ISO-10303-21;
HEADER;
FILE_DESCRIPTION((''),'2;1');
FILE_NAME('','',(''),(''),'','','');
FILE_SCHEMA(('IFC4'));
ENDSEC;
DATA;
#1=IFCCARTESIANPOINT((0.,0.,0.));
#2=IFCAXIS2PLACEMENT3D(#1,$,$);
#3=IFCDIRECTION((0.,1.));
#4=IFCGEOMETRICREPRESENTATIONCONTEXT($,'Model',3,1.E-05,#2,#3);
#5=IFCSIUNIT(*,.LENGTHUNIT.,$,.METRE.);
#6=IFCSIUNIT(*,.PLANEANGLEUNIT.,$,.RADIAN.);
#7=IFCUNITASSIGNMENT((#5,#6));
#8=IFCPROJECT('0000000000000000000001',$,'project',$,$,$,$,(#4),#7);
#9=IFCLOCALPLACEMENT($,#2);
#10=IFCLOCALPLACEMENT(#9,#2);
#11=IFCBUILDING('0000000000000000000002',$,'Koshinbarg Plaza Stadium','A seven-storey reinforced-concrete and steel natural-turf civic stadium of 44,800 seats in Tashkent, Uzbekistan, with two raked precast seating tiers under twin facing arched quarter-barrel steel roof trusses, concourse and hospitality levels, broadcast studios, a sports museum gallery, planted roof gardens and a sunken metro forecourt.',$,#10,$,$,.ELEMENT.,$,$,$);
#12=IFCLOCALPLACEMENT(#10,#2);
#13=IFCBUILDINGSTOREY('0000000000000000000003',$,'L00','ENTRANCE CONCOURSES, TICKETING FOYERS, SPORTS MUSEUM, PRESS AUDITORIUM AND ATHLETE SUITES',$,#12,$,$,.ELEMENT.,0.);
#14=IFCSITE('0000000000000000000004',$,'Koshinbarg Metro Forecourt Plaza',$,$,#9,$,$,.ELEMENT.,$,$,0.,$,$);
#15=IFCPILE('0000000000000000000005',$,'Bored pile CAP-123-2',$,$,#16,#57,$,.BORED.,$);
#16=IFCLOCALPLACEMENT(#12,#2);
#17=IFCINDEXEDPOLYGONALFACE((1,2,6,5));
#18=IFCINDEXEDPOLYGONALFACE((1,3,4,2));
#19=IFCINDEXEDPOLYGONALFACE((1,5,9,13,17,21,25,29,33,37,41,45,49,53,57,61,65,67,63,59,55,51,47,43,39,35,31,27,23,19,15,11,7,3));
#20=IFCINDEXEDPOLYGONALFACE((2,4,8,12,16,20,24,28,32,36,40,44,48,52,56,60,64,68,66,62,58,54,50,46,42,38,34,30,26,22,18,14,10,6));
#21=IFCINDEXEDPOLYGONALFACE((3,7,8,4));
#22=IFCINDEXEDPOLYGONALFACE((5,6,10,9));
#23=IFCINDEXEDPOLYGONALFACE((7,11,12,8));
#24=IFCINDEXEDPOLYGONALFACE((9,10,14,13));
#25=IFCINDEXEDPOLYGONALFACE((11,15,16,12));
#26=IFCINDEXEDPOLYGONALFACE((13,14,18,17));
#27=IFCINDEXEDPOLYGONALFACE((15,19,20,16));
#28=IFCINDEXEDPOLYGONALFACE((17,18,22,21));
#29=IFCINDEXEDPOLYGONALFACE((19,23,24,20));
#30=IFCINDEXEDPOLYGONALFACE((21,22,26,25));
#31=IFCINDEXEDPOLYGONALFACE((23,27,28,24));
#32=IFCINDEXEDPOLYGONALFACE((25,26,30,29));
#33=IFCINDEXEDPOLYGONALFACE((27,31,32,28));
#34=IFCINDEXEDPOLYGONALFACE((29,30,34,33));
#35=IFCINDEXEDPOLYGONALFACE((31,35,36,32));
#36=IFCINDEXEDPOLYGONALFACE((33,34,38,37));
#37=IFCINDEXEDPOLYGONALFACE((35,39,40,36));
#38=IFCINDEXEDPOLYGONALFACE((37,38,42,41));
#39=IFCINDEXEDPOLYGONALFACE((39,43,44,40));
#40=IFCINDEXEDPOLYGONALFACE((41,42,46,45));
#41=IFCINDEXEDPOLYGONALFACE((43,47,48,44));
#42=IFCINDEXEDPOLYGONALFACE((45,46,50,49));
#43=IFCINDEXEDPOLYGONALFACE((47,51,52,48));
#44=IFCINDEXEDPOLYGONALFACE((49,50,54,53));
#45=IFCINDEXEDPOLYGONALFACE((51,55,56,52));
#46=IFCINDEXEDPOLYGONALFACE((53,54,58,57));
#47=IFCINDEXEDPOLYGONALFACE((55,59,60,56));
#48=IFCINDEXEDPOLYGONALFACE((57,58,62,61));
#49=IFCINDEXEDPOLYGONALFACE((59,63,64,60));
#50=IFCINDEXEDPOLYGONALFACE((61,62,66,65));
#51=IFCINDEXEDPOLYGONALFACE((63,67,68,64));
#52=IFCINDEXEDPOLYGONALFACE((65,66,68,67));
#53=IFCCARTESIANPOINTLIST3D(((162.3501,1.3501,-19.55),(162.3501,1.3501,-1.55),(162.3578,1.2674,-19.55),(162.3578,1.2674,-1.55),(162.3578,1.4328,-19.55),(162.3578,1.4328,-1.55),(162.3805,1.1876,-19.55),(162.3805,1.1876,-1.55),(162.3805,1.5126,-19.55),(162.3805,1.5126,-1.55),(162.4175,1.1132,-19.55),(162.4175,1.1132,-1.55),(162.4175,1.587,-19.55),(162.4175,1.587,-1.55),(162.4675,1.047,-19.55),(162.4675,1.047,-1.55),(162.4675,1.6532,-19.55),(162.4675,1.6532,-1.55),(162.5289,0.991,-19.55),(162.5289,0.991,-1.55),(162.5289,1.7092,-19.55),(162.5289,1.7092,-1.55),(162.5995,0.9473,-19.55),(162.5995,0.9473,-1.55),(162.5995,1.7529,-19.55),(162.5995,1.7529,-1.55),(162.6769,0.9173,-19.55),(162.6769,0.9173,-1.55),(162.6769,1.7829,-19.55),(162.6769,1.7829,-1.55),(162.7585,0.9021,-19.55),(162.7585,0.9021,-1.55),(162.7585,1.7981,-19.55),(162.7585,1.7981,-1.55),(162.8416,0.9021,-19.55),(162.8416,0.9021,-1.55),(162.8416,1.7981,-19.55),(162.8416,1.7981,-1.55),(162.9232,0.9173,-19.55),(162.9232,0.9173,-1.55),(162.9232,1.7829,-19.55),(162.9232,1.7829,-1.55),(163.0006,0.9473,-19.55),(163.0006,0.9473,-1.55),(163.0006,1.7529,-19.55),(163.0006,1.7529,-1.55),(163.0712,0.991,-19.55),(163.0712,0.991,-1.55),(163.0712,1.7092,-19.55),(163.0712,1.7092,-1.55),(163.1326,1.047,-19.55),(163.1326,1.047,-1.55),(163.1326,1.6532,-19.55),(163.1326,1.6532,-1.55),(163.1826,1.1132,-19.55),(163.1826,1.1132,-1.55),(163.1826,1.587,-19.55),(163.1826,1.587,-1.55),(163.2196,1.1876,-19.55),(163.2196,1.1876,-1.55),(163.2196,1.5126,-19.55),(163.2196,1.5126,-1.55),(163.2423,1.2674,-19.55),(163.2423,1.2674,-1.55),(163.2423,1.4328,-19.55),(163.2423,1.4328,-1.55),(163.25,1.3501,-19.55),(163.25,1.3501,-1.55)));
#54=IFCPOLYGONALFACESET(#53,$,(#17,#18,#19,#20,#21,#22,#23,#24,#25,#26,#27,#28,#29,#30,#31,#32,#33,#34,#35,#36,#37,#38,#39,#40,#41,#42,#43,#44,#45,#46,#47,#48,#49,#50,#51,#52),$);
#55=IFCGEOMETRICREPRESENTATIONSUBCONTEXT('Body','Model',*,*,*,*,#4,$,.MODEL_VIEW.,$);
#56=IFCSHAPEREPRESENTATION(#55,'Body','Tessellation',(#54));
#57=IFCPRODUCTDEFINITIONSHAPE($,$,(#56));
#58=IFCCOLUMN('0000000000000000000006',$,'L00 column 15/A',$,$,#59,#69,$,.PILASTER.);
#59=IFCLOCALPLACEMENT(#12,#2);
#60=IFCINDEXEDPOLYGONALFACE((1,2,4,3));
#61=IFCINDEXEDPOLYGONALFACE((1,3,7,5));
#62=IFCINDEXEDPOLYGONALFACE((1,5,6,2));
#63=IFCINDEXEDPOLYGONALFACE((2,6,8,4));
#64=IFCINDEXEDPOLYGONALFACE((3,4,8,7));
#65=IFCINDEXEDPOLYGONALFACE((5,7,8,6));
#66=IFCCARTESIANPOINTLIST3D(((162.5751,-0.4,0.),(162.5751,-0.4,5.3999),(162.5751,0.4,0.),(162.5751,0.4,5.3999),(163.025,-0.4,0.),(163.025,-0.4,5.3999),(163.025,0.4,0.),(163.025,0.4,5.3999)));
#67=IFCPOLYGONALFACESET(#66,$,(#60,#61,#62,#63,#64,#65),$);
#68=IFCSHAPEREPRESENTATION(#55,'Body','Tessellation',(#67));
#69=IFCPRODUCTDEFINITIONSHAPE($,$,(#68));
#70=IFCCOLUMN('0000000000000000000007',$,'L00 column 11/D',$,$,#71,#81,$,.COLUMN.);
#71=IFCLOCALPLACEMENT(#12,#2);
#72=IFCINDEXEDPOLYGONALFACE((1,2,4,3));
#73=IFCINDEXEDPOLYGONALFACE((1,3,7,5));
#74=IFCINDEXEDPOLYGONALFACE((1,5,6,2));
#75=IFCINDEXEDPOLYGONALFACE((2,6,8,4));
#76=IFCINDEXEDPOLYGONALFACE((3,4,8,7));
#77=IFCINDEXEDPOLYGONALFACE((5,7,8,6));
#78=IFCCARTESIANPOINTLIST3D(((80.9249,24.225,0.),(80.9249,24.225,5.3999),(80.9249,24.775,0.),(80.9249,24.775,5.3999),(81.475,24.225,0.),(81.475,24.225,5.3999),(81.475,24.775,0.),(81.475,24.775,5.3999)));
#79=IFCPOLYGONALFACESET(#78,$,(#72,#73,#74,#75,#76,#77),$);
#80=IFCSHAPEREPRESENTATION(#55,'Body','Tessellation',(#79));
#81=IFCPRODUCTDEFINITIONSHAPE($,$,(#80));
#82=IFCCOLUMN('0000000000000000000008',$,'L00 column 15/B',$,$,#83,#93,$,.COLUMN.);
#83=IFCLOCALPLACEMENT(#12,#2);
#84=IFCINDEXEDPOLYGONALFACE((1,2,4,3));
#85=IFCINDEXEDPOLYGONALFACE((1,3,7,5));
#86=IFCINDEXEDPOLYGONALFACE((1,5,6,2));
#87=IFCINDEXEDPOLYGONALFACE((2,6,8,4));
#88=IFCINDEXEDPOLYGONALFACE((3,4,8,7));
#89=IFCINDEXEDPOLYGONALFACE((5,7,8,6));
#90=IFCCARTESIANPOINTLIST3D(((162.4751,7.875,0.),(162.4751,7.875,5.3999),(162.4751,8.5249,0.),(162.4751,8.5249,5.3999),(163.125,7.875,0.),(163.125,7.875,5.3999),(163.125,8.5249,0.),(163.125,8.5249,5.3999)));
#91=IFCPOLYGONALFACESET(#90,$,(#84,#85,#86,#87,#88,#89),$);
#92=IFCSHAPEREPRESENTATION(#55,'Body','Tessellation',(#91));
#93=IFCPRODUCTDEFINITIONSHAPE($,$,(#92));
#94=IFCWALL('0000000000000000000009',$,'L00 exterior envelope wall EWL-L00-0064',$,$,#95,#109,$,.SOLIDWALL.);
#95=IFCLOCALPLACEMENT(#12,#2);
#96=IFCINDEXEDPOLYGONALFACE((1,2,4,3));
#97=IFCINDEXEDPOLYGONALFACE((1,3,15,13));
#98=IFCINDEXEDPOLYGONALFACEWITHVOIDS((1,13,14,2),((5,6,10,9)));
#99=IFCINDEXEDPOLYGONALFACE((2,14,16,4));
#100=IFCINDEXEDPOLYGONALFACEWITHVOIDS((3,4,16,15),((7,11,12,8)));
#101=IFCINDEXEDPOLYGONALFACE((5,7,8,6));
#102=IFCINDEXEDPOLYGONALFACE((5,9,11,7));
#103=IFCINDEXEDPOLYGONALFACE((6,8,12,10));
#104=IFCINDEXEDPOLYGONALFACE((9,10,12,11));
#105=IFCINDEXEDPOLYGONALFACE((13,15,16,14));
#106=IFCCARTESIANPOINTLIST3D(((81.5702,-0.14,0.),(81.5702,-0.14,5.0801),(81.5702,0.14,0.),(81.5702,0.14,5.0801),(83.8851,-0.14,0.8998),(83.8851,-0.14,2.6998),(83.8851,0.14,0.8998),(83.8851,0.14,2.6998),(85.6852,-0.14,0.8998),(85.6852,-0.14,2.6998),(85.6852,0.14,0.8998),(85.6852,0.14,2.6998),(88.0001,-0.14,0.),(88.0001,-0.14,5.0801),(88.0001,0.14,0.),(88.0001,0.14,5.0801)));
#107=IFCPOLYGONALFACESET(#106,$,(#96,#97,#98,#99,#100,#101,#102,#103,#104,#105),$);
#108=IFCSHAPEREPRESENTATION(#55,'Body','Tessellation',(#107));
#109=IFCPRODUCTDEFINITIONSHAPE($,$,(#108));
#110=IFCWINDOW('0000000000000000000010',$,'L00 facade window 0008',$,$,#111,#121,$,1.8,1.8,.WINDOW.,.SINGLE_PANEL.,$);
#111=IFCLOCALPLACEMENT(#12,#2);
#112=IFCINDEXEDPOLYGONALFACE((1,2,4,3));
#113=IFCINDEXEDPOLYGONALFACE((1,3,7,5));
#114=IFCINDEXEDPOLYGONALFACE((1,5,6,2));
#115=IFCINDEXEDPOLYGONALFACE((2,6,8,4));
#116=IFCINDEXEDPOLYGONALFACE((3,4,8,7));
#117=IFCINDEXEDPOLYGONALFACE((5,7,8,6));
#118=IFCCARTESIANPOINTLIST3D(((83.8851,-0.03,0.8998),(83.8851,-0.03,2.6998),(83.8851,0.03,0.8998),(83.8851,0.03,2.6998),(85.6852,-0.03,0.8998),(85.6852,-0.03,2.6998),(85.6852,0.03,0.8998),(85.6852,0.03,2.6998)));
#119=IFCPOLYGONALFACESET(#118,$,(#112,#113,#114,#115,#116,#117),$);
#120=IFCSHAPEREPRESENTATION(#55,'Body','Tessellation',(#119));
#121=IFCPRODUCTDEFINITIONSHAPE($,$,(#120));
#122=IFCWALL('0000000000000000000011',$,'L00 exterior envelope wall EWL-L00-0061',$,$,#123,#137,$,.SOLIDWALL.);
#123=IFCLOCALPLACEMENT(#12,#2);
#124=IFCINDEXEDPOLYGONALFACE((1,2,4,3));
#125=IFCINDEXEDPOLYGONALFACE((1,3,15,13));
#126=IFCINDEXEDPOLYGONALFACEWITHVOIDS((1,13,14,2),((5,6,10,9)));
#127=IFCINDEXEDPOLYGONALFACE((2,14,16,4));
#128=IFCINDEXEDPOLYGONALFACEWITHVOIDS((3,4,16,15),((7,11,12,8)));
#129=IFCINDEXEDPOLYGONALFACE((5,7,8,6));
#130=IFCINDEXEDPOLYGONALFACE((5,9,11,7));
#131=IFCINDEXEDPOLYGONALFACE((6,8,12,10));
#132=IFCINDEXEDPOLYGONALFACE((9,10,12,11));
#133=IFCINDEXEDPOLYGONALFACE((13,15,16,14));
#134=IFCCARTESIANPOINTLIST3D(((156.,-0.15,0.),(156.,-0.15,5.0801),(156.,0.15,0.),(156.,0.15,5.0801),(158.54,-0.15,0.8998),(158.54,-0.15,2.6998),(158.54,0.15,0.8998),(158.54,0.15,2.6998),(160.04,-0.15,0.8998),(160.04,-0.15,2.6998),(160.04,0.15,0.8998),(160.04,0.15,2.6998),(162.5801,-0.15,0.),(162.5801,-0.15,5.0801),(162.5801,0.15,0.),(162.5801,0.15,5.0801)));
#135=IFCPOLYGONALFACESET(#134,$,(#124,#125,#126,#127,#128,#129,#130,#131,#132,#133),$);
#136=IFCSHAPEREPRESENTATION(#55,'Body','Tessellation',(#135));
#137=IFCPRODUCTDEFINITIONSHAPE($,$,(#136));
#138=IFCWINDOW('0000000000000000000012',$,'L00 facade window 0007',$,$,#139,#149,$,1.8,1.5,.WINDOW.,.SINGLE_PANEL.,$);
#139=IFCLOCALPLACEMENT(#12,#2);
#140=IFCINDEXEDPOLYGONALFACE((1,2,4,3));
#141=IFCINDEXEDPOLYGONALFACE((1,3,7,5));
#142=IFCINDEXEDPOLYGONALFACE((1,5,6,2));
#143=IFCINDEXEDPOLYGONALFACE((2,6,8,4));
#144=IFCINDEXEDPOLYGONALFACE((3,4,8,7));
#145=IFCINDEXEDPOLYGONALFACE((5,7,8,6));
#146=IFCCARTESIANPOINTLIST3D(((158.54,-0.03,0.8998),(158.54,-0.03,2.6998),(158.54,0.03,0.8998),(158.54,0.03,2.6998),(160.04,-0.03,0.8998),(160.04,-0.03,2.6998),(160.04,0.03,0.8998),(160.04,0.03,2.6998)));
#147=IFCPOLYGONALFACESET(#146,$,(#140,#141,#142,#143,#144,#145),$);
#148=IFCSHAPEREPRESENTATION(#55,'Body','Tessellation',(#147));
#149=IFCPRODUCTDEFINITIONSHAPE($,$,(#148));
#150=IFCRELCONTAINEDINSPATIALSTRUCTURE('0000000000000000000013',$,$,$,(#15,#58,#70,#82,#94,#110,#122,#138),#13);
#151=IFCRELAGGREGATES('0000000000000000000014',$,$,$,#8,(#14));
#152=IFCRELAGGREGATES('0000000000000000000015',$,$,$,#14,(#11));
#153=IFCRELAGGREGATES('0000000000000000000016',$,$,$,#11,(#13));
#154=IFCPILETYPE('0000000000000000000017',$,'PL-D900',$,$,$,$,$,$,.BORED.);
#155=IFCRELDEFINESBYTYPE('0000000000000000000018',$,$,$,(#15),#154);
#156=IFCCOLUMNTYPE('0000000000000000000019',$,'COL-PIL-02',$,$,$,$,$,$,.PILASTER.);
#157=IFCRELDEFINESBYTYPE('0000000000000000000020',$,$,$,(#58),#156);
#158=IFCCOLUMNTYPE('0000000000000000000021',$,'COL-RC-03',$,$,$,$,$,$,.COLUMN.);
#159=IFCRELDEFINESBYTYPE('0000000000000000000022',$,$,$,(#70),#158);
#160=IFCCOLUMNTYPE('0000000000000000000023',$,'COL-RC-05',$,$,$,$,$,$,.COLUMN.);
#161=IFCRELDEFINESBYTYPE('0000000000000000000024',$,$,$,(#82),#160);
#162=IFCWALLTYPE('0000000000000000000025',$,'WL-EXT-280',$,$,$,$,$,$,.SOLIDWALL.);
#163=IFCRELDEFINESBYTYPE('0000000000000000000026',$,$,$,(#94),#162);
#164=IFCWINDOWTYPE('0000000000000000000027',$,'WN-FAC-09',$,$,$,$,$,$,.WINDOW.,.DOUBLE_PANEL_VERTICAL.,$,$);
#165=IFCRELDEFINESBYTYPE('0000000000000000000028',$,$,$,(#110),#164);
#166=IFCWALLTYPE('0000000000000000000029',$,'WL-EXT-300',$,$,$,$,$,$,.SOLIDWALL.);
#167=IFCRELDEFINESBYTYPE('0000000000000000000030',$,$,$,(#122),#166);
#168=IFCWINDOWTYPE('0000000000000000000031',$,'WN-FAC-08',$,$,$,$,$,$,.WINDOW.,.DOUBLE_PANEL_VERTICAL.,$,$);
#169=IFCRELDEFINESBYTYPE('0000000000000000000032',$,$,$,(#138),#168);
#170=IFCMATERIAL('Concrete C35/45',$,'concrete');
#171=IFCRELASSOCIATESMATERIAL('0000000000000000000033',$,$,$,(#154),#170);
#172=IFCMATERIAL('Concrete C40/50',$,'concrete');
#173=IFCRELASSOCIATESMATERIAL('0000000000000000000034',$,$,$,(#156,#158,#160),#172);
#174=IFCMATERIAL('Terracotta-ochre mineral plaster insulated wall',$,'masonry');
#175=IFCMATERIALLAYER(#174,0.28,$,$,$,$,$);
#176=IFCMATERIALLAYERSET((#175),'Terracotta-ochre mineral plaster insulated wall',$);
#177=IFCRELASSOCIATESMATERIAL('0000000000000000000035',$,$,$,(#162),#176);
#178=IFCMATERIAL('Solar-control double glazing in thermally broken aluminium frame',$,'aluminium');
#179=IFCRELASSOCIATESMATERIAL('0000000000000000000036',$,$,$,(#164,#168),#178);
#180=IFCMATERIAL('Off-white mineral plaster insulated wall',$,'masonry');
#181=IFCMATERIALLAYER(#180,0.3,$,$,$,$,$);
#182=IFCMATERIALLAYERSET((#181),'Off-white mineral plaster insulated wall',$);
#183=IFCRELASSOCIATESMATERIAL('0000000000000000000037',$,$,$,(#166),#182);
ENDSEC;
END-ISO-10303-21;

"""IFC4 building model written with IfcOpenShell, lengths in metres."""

from ifc_helpers import new_model, si_unit, direction, frame, frame_2d, origin, origin_2d, place, context, subcontext, project, spatial, rectangle, circle, extrude, material, layer, layer_set, material_profile, profile_set, type_object, element, fill, save


model = new_model("IFC4")

# Units and contexts
model_context = context("Model", 3, precision=1e-05, world=origin(), true_north=direction((0.0, 1.0)))
body_context = subcontext(model_context, "Body", "Model", "MODEL_VIEW")
ifc_project = project(units=[si_unit("LENGTHUNIT", "METRE"), si_unit("PLANEANGLEUNIT", "RADIAN")], contexts=[model_context])

# Site, building, storey
site_placement = place(None, origin())
site = spatial("IfcSite", under=ifc_project, at=site_placement, Name="Koshinbarg Metro Forecourt Plaza", CompositionType="ELEMENT", RefElevation=0.0)
building_placement = place(site_placement, origin())
building = spatial("IfcBuilding", under=site, at=building_placement, Name="Koshinbarg Plaza Stadium", Description="A seven-storey reinforced-concrete and steel natural-turf civic stadium of 44,800 seats in Tashkent, Uzbekistan, with two raked precast seating tiers under twin facing arched quarter-barrel steel roof trusses, concourse and hospitality levels, broadcast studios, a sports museum gallery, planted roof gardens and a sunken metro forecourt.", CompositionType="ELEMENT")
storey_placement = place(building_placement, origin())
storey = spatial("IfcBuildingStorey", under=building, at=storey_placement, Name="L00", Description="ENTRANCE CONCOURSES, TICKETING FOYERS, SPORTS MUSEUM, PRESS AUDITORIUM AND ATHLETE SUITES", CompositionType="ELEMENT", Elevation=0.0)

# Shared definitions
ifc_material_1 = material(Name="Concrete C35/45", Category="concrete")

# Pile
ifc_material_profile_1 = material_profile(ifc_material_1, circle(Radius=0.45, at=origin_2d()), Name="PILE D900")
ifc_profile_set_1 = profile_set([ifc_material_profile_1], Name="Concrete C35/45")
pile_type_1 = type_object("IfcPileType", Name="PL-D900", PredefinedType="BORED", material=ifc_profile_set_1)
for number, where, z_axis, x_axis, name in (
    (1, (162.8, 1.3501, -1.55), (0.0, 0.0, -1.0), (1.0, 0.0, 0.0), "Bored pile CAP-123-2"),
):
    element("IfcPile", number, at=place(storey_placement, frame(where, z_axis=z_axis, x_axis=x_axis)), inside=storey, type_object=pile_type_1, Name=name, PredefinedType="BORED", context=body_context, shape_type="SweptSolid", body=[
        extrude(circle(Radius=0.45, at=origin_2d()), origin(), (0.0, 0.0, 1.0), 18.0),
    ])

# Columns
ifc_material_2 = material(Name="Concrete C40/50", Category="concrete")
ifc_material_profile_2 = material_profile(ifc_material_2, rectangle(XDim=0.45, YDim=0.8, at=origin_2d()), Name="PIL 450x800")
ifc_profile_set_2 = profile_set([ifc_material_profile_2], Name="Concrete C40/50")
column_type_1 = type_object("IfcColumnType", Name="COL-PIL-02", PredefinedType="PILASTER", material=ifc_profile_set_2)
column_1_placement = place(storey_placement, frame((162.8, 0.0, 0.0), z_axis=(0.0, 0.0, 1.0), x_axis=(1.0, 0.0, 0.0)))
element("IfcColumn", 2, at=column_1_placement, inside=storey, type_object=column_type_1, Name="L00 column 15/A", PredefinedType="PILASTER", context=body_context, shape_type="SweptSolid", body=[
    extrude(rectangle(XDim=0.45, YDim=0.8, at=origin_2d()), origin(), (0.0, 0.0, 1.0), 5.3999),
])
ifc_material_profile_3 = material_profile(ifc_material_2, rectangle(XDim=0.55, YDim=0.55, at=origin_2d()), Name="RC 550x550")
ifc_profile_set_3 = profile_set([ifc_material_profile_3], Name="Concrete C40/50")
column_type_2 = type_object("IfcColumnType", Name="COL-RC-03", PredefinedType="COLUMN", material=ifc_profile_set_3)
column_2_placement = place(storey_placement, frame((81.2, 24.5, 0.0), z_axis=(0.0, 0.0, 1.0), x_axis=(1.0, 0.0, 0.0)))
element("IfcColumn", 3, at=column_2_placement, inside=storey, type_object=column_type_2, Name="L00 column 11/D", PredefinedType="COLUMN", context=body_context, shape_type="SweptSolid", body=[
    extrude(rectangle(XDim=0.55, YDim=0.55, at=origin_2d()), origin(), (0.0, 0.0, 1.0), 5.3999),
])
ifc_material_profile_4 = material_profile(ifc_material_2, rectangle(XDim=0.6499, YDim=0.6499, at=origin_2d()), Name="RC 650x650")
ifc_profile_set_4 = profile_set([ifc_material_profile_4], Name="Concrete C40/50")
column_type_3 = type_object("IfcColumnType", Name="COL-RC-05", PredefinedType="COLUMN", material=ifc_profile_set_4)
column_3_placement = place(storey_placement, frame((162.8, 8.2, 0.0), z_axis=(0.0, 0.0, 1.0), x_axis=(1.0, 0.0, 0.0)))
element("IfcColumn", 4, at=column_3_placement, inside=storey, type_object=column_type_3, Name="L00 column 15/B", PredefinedType="COLUMN", context=body_context, shape_type="SweptSolid", body=[
    extrude(rectangle(XDim=0.6499, YDim=0.6499, at=origin_2d()), origin(), (0.0, 0.0, 1.0), 5.3999),
])

# Walls, openings, windows
ifc_material_3 = material(Name="Terracotta-ochre mineral plaster insulated wall", Category="masonry")
ifc_layer_1 = layer(ifc_material_3, 0.28)
ifc_layer_set_1 = layer_set([ifc_layer_1], Name="Terracotta-ochre mineral plaster insulated wall")
wall_type_1 = type_object("IfcWallType", Name="WL-EXT-280", PredefinedType="SOLIDWALL", material=ifc_layer_set_1)
wall_1_placement = place(storey_placement, frame((88.0, 0.0, 0.0), z_axis=(0.0, 0.0, 1.0), x_axis=(-1.0, 0.0, 0.0)))
wall_1 = element("IfcWall", 5, at=wall_1_placement, inside=storey, type_object=wall_type_1, Name="L00 exterior envelope wall EWL-L00-0064", PredefinedType="SOLIDWALL", context=body_context, shape_type="SweptSolid", body=[
    extrude(rectangle(XDim=6.4299, YDim=0.28, at=frame_2d((3.2148, 0.0))), origin(), (0.0, 0.0, 1.0), 5.0801),
])
opening_1_placement = place(wall_1_placement, frame((2.3149, 0.0, 0.8999)))
opening_1 = element("IfcOpeningElement", 6, at=opening_1_placement, cuts=wall_1, PredefinedType="OPENING", context=body_context, shape_type="SweptSolid", body=[
    extrude(rectangle(XDim=1.8, YDim=1.8, at=frame_2d((0.8999, 0.8999))), frame((0.0, 0.1499, 0.0), z_axis=(0.0, -1.0, 0.0), x_axis=(1.0, 0.0, 0.0)), (0.0, 0.0, 1.0), 0.3),
])
ifc_material_4 = material(Name="Solar-control double glazing in thermally broken aluminium frame", Category="aluminium")
window_type_1 = type_object("IfcWindowType", Name="WN-FAC-09", PartitioningType="DOUBLE_PANEL_VERTICAL", PredefinedType="WINDOW", material=ifc_material_4)
window_1_placement = place(opening_1_placement, origin())
window_1 = element("IfcWindow", 7, at=window_1_placement, inside=storey, type_object=window_type_1, Name="L00 facade window 0008", OverallHeight=1.8, OverallWidth=1.8, PartitioningType="SINGLE_PANEL", PredefinedType="WINDOW", context=body_context, shape_type="SweptSolid", body=[
    extrude(rectangle(XDim=1.8, YDim=1.8, at=frame_2d((0.8999, 0.8999))), frame((0.0, 0.03, 0.0), z_axis=(0.0, -1.0, 0.0), x_axis=(1.0, 0.0, 0.0)), (0.0, 0.0, 1.0), 0.0601),
])
fill(opening_1, window_1)
ifc_material_5 = material(Name="Off-white mineral plaster insulated wall", Category="masonry")
ifc_layer_2 = layer(ifc_material_5, 0.3)
ifc_layer_set_2 = layer_set([ifc_layer_2], Name="Off-white mineral plaster insulated wall")
wall_type_2 = type_object("IfcWallType", Name="WL-EXT-300", PredefinedType="SOLIDWALL", material=ifc_layer_set_2)
wall_2_placement = place(storey_placement, frame((162.5801, 0.0, 0.0), z_axis=(0.0, 0.0, 1.0), x_axis=(-1.0, 0.0, 0.0)))
wall_2 = element("IfcWall", 8, at=wall_2_placement, inside=storey, type_object=wall_type_2, Name="L00 exterior envelope wall EWL-L00-0061", PredefinedType="SOLIDWALL", context=body_context, shape_type="SweptSolid", body=[
    extrude(rectangle(XDim=6.5801, YDim=0.3, at=frame_2d((3.29, 0.0))), origin(), (0.0, 0.0, 1.0), 5.0801),
])
opening_2_placement = place(wall_2_placement, frame((2.54, 0.0, 0.8999)))
opening_2 = element("IfcOpeningElement", 9, at=opening_2_placement, cuts=wall_2, PredefinedType="OPENING", context=body_context, shape_type="SweptSolid", body=[
    extrude(rectangle(XDim=1.5, YDim=1.8, at=frame_2d((0.75, 0.8999))), frame((0.0, 0.1599, 0.0), z_axis=(0.0, -1.0, 0.0), x_axis=(1.0, 0.0, 0.0)), (0.0, 0.0, 1.0), 0.3201),
])
window_type_2 = type_object("IfcWindowType", Name="WN-FAC-08", PartitioningType="DOUBLE_PANEL_VERTICAL", PredefinedType="WINDOW", material=ifc_material_4)
window_2_placement = place(opening_2_placement, origin())
window_2 = element("IfcWindow", 10, at=window_2_placement, inside=storey, type_object=window_type_2, Name="L00 facade window 0007", OverallHeight=1.8, OverallWidth=1.5, PartitioningType="SINGLE_PANEL", PredefinedType="WINDOW", context=body_context, shape_type="SweptSolid", body=[
    extrude(rectangle(XDim=1.5, YDim=1.8, at=frame_2d((0.75, 0.8999))), frame((0.0, 0.03, 0.0), z_axis=(0.0, -1.0, 0.0), x_axis=(1.0, 0.0, 0.0)), (0.0, 0.0, 1.0), 0.0601),
])
fill(opening_2, window_2)

save(model, "model.ifc")
